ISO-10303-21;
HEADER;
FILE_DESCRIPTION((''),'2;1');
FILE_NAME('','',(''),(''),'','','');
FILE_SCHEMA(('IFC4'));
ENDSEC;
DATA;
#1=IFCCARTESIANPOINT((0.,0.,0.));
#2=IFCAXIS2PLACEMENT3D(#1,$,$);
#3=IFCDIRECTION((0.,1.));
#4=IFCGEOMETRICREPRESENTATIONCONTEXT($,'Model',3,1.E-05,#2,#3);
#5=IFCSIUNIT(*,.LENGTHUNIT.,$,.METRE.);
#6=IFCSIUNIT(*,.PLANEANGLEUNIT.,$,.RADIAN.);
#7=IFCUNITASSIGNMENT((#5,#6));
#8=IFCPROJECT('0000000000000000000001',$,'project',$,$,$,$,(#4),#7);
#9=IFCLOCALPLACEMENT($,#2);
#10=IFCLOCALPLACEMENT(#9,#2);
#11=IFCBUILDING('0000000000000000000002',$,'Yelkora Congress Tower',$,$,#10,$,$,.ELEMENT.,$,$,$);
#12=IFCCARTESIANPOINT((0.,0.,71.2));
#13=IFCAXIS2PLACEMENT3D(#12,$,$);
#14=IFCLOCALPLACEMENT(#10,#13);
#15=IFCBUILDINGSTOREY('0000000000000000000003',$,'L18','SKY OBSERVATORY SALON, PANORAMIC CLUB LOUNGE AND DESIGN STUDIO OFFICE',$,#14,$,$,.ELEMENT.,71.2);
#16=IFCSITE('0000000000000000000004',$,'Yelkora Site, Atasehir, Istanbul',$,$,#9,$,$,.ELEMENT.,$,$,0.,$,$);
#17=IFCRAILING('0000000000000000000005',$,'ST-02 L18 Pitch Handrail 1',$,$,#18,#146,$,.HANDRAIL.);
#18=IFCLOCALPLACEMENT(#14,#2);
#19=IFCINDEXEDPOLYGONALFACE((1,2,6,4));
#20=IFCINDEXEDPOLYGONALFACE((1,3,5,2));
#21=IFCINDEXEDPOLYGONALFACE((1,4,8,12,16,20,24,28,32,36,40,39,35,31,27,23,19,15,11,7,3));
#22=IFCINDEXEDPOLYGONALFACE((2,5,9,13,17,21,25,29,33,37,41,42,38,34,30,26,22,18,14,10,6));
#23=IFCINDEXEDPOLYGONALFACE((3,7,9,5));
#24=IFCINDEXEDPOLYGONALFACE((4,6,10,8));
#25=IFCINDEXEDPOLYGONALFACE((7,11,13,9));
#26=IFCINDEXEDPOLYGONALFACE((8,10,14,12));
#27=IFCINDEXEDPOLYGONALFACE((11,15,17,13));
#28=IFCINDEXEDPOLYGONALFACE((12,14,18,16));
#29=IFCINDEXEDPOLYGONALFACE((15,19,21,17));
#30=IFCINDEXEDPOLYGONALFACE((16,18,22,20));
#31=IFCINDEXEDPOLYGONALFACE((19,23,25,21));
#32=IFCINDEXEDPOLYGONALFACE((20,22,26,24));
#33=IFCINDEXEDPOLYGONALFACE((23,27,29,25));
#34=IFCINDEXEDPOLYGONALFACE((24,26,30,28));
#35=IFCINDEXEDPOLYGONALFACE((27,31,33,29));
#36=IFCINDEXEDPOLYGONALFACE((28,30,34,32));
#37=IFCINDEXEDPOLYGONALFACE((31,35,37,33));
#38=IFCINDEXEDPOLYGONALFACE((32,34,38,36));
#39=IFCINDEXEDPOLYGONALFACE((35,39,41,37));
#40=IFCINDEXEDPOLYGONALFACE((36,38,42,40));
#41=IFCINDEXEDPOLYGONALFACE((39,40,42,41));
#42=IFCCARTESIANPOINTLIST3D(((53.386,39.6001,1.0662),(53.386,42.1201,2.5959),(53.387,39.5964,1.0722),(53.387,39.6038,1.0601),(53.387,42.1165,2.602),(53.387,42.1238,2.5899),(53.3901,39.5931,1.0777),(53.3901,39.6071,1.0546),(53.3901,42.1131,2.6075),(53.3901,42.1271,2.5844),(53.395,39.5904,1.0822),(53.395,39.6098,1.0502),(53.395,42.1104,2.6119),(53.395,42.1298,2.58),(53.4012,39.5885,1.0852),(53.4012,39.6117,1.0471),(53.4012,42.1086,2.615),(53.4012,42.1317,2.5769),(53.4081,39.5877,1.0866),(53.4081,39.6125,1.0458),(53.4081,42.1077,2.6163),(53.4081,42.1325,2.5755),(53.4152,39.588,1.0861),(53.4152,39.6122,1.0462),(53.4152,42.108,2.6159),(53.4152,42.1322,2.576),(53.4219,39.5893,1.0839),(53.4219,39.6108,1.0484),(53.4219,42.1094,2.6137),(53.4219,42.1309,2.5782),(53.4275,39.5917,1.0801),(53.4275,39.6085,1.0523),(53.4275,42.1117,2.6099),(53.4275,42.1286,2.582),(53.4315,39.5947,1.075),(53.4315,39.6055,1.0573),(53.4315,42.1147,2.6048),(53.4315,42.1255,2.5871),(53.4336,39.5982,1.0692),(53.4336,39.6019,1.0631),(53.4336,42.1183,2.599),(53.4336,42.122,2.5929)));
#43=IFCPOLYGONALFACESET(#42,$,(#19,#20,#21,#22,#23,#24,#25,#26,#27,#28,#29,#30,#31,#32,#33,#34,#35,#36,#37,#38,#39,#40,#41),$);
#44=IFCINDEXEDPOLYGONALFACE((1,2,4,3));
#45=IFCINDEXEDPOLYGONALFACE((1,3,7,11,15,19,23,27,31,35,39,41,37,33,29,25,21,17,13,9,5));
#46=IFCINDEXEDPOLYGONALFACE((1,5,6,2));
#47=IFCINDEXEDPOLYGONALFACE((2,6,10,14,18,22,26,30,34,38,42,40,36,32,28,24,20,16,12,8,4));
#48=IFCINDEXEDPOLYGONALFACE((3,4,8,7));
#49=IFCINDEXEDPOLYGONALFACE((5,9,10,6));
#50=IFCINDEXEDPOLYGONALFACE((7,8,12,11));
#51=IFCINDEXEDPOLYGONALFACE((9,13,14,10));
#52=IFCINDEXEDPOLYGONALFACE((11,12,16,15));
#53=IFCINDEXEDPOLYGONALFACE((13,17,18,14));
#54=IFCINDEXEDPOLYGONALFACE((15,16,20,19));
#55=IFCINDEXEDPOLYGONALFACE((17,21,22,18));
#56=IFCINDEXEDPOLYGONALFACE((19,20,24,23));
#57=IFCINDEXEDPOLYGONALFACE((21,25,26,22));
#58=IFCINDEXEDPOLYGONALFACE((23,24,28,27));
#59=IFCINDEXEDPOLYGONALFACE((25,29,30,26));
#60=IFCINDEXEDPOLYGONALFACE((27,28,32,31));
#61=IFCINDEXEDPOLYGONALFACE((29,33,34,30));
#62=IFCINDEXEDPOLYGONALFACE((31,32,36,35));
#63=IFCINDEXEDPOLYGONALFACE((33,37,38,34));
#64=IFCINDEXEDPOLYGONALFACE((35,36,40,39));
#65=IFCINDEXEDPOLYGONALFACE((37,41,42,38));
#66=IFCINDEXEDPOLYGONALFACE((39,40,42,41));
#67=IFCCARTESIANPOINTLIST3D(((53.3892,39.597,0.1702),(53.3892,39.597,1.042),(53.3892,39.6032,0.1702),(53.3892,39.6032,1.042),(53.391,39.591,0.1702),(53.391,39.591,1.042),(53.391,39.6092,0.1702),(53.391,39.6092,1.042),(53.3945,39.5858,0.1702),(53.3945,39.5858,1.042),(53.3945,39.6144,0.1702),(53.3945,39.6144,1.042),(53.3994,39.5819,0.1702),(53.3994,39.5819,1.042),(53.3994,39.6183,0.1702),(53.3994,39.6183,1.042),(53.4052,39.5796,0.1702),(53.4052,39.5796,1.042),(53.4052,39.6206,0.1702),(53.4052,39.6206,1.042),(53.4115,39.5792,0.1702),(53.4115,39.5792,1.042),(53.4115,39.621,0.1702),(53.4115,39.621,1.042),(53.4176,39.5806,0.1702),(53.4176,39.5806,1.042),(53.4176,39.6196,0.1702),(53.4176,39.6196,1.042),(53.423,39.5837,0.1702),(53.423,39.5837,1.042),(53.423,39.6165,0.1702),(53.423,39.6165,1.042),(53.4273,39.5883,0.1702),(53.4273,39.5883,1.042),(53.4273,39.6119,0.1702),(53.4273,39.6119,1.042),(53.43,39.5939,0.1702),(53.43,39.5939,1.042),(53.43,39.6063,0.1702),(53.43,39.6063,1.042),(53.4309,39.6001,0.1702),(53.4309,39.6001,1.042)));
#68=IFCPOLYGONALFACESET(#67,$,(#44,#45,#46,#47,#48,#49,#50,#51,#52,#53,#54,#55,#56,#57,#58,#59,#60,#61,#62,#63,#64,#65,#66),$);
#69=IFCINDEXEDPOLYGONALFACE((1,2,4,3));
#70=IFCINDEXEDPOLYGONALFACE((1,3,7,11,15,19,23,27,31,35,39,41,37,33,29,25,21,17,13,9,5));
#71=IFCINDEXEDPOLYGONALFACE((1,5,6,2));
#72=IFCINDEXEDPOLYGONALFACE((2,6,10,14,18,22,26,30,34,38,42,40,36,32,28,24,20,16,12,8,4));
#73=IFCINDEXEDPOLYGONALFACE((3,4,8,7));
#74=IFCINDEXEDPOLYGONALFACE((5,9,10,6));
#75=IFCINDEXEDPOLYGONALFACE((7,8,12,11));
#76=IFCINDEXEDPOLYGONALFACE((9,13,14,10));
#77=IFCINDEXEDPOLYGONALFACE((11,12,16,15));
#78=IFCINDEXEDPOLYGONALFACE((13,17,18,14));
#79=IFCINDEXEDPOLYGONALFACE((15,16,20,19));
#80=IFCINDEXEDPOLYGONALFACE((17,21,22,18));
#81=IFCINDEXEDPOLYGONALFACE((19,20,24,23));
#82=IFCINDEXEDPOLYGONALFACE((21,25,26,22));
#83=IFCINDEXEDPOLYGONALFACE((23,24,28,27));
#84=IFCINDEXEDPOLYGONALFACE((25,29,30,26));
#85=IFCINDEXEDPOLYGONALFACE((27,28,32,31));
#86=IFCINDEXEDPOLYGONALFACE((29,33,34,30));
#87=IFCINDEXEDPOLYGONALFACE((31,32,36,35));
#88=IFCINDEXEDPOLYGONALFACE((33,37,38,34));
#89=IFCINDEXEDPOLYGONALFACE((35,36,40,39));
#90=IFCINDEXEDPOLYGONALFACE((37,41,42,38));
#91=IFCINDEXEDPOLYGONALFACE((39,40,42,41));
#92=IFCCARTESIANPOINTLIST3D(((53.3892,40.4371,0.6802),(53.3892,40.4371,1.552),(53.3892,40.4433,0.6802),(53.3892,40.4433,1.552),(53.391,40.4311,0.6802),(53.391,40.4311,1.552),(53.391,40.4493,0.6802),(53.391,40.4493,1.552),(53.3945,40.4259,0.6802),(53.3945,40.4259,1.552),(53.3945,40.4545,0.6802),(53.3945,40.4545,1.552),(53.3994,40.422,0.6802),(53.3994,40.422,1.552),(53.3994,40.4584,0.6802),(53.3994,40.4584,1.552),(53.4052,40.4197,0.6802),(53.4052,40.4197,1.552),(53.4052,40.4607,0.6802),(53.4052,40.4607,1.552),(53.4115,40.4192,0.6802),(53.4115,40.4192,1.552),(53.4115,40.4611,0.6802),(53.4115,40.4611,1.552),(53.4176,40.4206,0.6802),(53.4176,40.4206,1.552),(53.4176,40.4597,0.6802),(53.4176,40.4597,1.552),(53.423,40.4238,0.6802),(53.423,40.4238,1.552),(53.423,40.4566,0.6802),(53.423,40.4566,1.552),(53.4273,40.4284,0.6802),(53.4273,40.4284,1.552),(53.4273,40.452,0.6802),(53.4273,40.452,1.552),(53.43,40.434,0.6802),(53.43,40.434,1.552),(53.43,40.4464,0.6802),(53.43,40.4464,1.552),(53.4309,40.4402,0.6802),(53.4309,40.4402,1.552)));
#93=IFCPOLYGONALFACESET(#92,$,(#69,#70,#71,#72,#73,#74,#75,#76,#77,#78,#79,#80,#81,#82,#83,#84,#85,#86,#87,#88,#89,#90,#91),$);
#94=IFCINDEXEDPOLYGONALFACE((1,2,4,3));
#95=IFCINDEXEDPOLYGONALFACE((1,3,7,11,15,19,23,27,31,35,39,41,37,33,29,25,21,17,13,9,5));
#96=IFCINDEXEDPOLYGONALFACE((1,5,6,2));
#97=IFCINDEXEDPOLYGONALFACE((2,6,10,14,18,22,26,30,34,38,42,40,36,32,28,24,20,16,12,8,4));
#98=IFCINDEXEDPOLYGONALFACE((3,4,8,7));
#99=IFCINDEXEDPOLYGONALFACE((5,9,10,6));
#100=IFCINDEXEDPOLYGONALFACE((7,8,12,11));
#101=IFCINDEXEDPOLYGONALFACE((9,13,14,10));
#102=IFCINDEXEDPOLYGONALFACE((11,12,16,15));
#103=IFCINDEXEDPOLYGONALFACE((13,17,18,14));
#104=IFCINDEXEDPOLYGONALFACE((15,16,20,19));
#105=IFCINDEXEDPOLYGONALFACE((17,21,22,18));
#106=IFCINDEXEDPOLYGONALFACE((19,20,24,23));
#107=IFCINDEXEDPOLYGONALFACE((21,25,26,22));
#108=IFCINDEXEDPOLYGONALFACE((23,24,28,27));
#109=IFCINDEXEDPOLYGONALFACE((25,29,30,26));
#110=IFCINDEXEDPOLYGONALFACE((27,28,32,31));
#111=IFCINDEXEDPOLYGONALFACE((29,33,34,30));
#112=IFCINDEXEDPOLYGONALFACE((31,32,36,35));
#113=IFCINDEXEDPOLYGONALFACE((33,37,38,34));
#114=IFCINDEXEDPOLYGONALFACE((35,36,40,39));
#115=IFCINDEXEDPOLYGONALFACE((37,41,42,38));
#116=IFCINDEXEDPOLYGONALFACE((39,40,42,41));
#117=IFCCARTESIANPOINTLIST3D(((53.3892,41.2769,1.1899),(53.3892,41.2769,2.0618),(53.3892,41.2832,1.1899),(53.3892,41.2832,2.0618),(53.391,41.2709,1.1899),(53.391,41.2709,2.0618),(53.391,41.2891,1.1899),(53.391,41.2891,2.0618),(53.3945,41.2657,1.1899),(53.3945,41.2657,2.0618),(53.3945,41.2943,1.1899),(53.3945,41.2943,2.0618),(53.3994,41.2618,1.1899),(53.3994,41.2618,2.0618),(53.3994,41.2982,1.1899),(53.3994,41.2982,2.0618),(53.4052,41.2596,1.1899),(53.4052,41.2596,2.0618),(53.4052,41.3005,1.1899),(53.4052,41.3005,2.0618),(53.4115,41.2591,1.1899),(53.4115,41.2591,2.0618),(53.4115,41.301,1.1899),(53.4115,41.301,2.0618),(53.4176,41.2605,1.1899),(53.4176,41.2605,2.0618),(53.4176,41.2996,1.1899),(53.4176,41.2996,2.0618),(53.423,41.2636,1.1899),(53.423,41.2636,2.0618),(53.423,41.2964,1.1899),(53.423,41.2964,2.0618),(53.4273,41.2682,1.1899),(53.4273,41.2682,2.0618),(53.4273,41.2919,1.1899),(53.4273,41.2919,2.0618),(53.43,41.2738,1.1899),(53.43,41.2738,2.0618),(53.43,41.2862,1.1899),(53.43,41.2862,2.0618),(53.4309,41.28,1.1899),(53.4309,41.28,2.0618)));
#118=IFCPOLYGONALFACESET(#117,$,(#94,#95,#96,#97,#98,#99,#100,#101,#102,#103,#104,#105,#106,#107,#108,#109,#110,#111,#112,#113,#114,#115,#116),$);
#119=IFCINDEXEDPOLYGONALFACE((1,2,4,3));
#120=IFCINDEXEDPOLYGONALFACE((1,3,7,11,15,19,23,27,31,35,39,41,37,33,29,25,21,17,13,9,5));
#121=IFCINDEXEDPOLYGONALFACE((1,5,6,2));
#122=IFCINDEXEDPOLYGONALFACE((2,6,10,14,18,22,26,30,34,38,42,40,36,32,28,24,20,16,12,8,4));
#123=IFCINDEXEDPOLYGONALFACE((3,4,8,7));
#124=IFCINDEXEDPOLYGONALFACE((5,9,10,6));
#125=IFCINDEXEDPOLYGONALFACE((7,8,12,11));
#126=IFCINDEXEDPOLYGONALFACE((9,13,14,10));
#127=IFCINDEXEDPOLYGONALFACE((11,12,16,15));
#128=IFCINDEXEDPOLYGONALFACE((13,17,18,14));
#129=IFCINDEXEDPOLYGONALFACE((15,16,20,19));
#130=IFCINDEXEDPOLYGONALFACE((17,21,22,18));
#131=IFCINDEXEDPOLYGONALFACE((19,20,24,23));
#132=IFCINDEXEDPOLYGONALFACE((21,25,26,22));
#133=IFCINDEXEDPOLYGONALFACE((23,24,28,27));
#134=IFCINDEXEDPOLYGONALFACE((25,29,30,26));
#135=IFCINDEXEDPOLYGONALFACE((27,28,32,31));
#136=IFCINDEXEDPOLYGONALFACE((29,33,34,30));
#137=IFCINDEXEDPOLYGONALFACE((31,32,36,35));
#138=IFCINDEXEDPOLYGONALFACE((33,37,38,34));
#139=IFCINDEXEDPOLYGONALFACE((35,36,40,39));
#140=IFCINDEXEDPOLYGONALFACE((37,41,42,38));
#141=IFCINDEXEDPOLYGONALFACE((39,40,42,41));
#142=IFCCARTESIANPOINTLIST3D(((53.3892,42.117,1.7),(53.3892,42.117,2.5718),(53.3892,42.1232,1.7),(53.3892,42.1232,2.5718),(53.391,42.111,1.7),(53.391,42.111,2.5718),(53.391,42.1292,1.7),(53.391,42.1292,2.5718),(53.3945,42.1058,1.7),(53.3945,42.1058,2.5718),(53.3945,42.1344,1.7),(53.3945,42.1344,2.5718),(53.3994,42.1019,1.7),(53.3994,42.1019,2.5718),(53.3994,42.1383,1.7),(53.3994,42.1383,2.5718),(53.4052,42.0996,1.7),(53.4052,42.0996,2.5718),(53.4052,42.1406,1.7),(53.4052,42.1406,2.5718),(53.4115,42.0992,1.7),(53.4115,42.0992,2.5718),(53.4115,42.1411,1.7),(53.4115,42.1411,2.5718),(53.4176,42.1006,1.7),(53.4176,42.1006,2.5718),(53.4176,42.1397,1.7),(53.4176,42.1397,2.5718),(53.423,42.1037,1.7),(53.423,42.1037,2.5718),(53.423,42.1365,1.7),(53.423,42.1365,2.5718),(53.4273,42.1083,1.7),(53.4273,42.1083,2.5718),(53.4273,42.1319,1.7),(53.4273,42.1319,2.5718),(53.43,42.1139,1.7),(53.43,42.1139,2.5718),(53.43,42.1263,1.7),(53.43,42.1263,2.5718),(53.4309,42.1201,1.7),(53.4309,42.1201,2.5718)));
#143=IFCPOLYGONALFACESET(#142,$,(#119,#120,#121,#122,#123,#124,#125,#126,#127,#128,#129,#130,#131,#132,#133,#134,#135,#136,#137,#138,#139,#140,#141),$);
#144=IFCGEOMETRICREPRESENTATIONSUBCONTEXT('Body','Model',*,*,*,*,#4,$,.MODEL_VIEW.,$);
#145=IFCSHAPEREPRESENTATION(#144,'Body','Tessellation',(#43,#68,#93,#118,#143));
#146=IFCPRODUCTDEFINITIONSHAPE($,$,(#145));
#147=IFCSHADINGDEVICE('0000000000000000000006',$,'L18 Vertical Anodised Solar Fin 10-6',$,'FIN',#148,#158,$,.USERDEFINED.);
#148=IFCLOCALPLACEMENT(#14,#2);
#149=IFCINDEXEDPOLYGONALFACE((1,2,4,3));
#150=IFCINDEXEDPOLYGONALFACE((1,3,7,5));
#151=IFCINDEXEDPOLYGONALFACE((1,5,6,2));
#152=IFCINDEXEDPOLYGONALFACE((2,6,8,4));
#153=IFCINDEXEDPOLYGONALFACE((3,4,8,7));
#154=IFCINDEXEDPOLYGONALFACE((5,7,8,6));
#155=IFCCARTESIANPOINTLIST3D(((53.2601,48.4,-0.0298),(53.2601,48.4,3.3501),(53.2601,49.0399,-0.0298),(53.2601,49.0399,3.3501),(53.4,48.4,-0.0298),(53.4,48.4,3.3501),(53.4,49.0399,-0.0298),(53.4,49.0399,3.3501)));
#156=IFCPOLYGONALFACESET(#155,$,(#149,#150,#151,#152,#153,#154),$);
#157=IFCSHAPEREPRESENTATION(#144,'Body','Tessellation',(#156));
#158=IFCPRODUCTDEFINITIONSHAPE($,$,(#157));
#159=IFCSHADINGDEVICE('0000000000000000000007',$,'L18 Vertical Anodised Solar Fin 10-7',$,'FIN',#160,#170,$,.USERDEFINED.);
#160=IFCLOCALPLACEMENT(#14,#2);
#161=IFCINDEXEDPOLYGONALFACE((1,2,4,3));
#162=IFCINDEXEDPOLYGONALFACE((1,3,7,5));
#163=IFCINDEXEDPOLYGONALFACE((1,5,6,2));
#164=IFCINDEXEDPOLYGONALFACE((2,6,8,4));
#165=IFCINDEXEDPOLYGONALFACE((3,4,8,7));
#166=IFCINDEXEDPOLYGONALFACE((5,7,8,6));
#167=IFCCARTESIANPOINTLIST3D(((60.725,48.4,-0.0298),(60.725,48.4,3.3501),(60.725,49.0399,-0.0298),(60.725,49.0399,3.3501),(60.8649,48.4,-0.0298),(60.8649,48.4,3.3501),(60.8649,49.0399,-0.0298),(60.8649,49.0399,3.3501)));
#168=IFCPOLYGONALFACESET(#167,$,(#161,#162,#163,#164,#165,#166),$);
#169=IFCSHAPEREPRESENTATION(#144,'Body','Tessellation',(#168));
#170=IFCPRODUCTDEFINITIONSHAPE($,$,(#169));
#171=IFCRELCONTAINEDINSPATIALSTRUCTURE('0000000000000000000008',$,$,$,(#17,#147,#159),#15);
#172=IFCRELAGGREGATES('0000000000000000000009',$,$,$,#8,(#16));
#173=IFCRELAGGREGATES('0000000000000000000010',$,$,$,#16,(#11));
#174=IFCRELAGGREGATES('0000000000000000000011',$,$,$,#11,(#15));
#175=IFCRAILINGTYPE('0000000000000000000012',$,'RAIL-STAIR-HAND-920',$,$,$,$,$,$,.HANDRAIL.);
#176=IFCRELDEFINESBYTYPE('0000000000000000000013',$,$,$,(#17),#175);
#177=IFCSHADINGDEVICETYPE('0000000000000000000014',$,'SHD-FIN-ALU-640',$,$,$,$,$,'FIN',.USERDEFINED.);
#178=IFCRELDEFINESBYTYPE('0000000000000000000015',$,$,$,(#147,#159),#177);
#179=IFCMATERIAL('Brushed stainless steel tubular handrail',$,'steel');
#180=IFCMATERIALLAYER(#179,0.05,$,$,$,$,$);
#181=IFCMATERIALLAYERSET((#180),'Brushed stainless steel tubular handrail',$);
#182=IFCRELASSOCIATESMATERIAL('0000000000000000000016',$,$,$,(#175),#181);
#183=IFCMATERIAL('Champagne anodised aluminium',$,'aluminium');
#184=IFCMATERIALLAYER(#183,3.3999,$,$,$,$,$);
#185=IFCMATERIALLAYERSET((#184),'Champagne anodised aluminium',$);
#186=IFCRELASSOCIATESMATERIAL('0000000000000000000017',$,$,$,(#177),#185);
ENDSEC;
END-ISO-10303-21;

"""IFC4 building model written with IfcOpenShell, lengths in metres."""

from ifc_helpers import new_model, si_unit, direction, frame, origin, origin_2d, place, context, subcontext, project, spatial, rectangle, circle, extrude, material, layer, layer_set, type_object, element, save


model = new_model("IFC4")

# Units and contexts
model_context = context("Model", 3, precision=1e-05, world=origin(), true_north=direction((0.0, 1.0)))
body_context = subcontext(model_context, "Body", "Model", "MODEL_VIEW")
ifc_project = project(units=[si_unit("LENGTHUNIT", "METRE"), si_unit("PLANEANGLEUNIT", "RADIAN")], contexts=[model_context])

# Site, building, storey
site_placement = place(None, origin())
site = spatial("IfcSite", under=ifc_project, at=site_placement, Name="Yelkora Site, Atasehir, Istanbul", CompositionType="ELEMENT", RefElevation=0.0)
building_placement = place(site_placement, origin())
building = spatial("IfcBuilding", under=site, at=building_placement, Name="Yelkora Congress Tower", CompositionType="ELEMENT")
storey_placement = place(building_placement, frame((0.0, 0.0, 71.2)))
storey = spatial("IfcBuildingStorey", under=building, at=storey_placement, Name="L18", Description="SKY OBSERVATORY SALON, PANORAMIC CLUB LOUNGE AND DESIGN STUDIO OFFICE", CompositionType="ELEMENT", Elevation=71.2)

# Railing
ifc_material_1 = material(Name="Brushed stainless steel tubular handrail", Category="steel")
ifc_layer_1 = layer(ifc_material_1, 0.05)
ifc_layer_set_1 = layer_set([ifc_layer_1], Name="Brushed stainless steel tubular handrail")
railing_type_1 = type_object("IfcRailingType", Name="RAIL-STAIR-HAND-920", PredefinedType="HANDRAIL", material=ifc_layer_set_1)
railing_1_placement = place(storey_placement, frame((53.4099, 39.6001, 0.1702)))
element("IfcRailing", 1, at=railing_1_placement, inside=storey, type_object=railing_type_1, Name="ST-02 L18 Pitch Handrail 1", PredefinedType="HANDRAIL", context=body_context, shape_type="SweptSolid", body=[
    extrude(circle(Radius=0.0239, at=origin_2d()), frame((0.0, 0.0, 0.896), z_axis=(0.0, 0.854822, 0.518922), x_axis=(-1.0, 0.0, 0.0)), (0.0, 0.0, 1.0), 2.948),
    extrude(circle(Radius=0.021, at=origin_2d()), origin(), (0.0, 0.0, 1.0), 0.8718),
    extrude(circle(Radius=0.021, at=origin_2d()), frame((0.0, 0.8401, 0.51)), (0.0, 0.0, 1.0), 0.8718),
    extrude(circle(Radius=0.021, at=origin_2d()), frame((0.0, 1.6799, 1.0198)), (0.0, 0.0, 1.0), 0.8718),
    extrude(circle(Radius=0.021, at=origin_2d()), frame((0.0, 2.52, 1.5298)), (0.0, 0.0, 1.0), 0.8718),
])

# Shading devices
ifc_material_2 = material(Name="Champagne anodised aluminium", Category="aluminium")
ifc_layer_2 = layer(ifc_material_2, 3.3999)
ifc_layer_set_2 = layer_set([ifc_layer_2], Name="Champagne anodised aluminium")
shading_device_type = type_object("IfcShadingDeviceType", Name="SHD-FIN-ALU-640", ElementType="FIN", PredefinedType="USERDEFINED", material=ifc_layer_set_2)
for number, where, z_axis, x_axis, name in (
    (2, (53.3301, 48.72, -0.0298), (0.0, 0.0, 1.0), (1.0, 0.0, 0.0), "L18 Vertical Anodised Solar Fin 10-6"),
    (3, (60.7949, 48.72, -0.0298), (0.0, 0.0, 1.0), (1.0, 0.0, 0.0), "L18 Vertical Anodised Solar Fin 10-7"),
):
    element("IfcShadingDevice", number, at=place(storey_placement, frame(where, z_axis=z_axis, x_axis=x_axis)), inside=storey, type_object=shading_device_type, Name=name, ObjectType="FIN", PredefinedType="USERDEFINED", context=body_context, shape_type="SweptSolid", body=[
        extrude(rectangle(XDim=0.1399, YDim=0.6399, at=origin_2d()), origin(), (0.0, 0.0, 1.0), 3.3799),
    ])

save(model, "model.ifc")
